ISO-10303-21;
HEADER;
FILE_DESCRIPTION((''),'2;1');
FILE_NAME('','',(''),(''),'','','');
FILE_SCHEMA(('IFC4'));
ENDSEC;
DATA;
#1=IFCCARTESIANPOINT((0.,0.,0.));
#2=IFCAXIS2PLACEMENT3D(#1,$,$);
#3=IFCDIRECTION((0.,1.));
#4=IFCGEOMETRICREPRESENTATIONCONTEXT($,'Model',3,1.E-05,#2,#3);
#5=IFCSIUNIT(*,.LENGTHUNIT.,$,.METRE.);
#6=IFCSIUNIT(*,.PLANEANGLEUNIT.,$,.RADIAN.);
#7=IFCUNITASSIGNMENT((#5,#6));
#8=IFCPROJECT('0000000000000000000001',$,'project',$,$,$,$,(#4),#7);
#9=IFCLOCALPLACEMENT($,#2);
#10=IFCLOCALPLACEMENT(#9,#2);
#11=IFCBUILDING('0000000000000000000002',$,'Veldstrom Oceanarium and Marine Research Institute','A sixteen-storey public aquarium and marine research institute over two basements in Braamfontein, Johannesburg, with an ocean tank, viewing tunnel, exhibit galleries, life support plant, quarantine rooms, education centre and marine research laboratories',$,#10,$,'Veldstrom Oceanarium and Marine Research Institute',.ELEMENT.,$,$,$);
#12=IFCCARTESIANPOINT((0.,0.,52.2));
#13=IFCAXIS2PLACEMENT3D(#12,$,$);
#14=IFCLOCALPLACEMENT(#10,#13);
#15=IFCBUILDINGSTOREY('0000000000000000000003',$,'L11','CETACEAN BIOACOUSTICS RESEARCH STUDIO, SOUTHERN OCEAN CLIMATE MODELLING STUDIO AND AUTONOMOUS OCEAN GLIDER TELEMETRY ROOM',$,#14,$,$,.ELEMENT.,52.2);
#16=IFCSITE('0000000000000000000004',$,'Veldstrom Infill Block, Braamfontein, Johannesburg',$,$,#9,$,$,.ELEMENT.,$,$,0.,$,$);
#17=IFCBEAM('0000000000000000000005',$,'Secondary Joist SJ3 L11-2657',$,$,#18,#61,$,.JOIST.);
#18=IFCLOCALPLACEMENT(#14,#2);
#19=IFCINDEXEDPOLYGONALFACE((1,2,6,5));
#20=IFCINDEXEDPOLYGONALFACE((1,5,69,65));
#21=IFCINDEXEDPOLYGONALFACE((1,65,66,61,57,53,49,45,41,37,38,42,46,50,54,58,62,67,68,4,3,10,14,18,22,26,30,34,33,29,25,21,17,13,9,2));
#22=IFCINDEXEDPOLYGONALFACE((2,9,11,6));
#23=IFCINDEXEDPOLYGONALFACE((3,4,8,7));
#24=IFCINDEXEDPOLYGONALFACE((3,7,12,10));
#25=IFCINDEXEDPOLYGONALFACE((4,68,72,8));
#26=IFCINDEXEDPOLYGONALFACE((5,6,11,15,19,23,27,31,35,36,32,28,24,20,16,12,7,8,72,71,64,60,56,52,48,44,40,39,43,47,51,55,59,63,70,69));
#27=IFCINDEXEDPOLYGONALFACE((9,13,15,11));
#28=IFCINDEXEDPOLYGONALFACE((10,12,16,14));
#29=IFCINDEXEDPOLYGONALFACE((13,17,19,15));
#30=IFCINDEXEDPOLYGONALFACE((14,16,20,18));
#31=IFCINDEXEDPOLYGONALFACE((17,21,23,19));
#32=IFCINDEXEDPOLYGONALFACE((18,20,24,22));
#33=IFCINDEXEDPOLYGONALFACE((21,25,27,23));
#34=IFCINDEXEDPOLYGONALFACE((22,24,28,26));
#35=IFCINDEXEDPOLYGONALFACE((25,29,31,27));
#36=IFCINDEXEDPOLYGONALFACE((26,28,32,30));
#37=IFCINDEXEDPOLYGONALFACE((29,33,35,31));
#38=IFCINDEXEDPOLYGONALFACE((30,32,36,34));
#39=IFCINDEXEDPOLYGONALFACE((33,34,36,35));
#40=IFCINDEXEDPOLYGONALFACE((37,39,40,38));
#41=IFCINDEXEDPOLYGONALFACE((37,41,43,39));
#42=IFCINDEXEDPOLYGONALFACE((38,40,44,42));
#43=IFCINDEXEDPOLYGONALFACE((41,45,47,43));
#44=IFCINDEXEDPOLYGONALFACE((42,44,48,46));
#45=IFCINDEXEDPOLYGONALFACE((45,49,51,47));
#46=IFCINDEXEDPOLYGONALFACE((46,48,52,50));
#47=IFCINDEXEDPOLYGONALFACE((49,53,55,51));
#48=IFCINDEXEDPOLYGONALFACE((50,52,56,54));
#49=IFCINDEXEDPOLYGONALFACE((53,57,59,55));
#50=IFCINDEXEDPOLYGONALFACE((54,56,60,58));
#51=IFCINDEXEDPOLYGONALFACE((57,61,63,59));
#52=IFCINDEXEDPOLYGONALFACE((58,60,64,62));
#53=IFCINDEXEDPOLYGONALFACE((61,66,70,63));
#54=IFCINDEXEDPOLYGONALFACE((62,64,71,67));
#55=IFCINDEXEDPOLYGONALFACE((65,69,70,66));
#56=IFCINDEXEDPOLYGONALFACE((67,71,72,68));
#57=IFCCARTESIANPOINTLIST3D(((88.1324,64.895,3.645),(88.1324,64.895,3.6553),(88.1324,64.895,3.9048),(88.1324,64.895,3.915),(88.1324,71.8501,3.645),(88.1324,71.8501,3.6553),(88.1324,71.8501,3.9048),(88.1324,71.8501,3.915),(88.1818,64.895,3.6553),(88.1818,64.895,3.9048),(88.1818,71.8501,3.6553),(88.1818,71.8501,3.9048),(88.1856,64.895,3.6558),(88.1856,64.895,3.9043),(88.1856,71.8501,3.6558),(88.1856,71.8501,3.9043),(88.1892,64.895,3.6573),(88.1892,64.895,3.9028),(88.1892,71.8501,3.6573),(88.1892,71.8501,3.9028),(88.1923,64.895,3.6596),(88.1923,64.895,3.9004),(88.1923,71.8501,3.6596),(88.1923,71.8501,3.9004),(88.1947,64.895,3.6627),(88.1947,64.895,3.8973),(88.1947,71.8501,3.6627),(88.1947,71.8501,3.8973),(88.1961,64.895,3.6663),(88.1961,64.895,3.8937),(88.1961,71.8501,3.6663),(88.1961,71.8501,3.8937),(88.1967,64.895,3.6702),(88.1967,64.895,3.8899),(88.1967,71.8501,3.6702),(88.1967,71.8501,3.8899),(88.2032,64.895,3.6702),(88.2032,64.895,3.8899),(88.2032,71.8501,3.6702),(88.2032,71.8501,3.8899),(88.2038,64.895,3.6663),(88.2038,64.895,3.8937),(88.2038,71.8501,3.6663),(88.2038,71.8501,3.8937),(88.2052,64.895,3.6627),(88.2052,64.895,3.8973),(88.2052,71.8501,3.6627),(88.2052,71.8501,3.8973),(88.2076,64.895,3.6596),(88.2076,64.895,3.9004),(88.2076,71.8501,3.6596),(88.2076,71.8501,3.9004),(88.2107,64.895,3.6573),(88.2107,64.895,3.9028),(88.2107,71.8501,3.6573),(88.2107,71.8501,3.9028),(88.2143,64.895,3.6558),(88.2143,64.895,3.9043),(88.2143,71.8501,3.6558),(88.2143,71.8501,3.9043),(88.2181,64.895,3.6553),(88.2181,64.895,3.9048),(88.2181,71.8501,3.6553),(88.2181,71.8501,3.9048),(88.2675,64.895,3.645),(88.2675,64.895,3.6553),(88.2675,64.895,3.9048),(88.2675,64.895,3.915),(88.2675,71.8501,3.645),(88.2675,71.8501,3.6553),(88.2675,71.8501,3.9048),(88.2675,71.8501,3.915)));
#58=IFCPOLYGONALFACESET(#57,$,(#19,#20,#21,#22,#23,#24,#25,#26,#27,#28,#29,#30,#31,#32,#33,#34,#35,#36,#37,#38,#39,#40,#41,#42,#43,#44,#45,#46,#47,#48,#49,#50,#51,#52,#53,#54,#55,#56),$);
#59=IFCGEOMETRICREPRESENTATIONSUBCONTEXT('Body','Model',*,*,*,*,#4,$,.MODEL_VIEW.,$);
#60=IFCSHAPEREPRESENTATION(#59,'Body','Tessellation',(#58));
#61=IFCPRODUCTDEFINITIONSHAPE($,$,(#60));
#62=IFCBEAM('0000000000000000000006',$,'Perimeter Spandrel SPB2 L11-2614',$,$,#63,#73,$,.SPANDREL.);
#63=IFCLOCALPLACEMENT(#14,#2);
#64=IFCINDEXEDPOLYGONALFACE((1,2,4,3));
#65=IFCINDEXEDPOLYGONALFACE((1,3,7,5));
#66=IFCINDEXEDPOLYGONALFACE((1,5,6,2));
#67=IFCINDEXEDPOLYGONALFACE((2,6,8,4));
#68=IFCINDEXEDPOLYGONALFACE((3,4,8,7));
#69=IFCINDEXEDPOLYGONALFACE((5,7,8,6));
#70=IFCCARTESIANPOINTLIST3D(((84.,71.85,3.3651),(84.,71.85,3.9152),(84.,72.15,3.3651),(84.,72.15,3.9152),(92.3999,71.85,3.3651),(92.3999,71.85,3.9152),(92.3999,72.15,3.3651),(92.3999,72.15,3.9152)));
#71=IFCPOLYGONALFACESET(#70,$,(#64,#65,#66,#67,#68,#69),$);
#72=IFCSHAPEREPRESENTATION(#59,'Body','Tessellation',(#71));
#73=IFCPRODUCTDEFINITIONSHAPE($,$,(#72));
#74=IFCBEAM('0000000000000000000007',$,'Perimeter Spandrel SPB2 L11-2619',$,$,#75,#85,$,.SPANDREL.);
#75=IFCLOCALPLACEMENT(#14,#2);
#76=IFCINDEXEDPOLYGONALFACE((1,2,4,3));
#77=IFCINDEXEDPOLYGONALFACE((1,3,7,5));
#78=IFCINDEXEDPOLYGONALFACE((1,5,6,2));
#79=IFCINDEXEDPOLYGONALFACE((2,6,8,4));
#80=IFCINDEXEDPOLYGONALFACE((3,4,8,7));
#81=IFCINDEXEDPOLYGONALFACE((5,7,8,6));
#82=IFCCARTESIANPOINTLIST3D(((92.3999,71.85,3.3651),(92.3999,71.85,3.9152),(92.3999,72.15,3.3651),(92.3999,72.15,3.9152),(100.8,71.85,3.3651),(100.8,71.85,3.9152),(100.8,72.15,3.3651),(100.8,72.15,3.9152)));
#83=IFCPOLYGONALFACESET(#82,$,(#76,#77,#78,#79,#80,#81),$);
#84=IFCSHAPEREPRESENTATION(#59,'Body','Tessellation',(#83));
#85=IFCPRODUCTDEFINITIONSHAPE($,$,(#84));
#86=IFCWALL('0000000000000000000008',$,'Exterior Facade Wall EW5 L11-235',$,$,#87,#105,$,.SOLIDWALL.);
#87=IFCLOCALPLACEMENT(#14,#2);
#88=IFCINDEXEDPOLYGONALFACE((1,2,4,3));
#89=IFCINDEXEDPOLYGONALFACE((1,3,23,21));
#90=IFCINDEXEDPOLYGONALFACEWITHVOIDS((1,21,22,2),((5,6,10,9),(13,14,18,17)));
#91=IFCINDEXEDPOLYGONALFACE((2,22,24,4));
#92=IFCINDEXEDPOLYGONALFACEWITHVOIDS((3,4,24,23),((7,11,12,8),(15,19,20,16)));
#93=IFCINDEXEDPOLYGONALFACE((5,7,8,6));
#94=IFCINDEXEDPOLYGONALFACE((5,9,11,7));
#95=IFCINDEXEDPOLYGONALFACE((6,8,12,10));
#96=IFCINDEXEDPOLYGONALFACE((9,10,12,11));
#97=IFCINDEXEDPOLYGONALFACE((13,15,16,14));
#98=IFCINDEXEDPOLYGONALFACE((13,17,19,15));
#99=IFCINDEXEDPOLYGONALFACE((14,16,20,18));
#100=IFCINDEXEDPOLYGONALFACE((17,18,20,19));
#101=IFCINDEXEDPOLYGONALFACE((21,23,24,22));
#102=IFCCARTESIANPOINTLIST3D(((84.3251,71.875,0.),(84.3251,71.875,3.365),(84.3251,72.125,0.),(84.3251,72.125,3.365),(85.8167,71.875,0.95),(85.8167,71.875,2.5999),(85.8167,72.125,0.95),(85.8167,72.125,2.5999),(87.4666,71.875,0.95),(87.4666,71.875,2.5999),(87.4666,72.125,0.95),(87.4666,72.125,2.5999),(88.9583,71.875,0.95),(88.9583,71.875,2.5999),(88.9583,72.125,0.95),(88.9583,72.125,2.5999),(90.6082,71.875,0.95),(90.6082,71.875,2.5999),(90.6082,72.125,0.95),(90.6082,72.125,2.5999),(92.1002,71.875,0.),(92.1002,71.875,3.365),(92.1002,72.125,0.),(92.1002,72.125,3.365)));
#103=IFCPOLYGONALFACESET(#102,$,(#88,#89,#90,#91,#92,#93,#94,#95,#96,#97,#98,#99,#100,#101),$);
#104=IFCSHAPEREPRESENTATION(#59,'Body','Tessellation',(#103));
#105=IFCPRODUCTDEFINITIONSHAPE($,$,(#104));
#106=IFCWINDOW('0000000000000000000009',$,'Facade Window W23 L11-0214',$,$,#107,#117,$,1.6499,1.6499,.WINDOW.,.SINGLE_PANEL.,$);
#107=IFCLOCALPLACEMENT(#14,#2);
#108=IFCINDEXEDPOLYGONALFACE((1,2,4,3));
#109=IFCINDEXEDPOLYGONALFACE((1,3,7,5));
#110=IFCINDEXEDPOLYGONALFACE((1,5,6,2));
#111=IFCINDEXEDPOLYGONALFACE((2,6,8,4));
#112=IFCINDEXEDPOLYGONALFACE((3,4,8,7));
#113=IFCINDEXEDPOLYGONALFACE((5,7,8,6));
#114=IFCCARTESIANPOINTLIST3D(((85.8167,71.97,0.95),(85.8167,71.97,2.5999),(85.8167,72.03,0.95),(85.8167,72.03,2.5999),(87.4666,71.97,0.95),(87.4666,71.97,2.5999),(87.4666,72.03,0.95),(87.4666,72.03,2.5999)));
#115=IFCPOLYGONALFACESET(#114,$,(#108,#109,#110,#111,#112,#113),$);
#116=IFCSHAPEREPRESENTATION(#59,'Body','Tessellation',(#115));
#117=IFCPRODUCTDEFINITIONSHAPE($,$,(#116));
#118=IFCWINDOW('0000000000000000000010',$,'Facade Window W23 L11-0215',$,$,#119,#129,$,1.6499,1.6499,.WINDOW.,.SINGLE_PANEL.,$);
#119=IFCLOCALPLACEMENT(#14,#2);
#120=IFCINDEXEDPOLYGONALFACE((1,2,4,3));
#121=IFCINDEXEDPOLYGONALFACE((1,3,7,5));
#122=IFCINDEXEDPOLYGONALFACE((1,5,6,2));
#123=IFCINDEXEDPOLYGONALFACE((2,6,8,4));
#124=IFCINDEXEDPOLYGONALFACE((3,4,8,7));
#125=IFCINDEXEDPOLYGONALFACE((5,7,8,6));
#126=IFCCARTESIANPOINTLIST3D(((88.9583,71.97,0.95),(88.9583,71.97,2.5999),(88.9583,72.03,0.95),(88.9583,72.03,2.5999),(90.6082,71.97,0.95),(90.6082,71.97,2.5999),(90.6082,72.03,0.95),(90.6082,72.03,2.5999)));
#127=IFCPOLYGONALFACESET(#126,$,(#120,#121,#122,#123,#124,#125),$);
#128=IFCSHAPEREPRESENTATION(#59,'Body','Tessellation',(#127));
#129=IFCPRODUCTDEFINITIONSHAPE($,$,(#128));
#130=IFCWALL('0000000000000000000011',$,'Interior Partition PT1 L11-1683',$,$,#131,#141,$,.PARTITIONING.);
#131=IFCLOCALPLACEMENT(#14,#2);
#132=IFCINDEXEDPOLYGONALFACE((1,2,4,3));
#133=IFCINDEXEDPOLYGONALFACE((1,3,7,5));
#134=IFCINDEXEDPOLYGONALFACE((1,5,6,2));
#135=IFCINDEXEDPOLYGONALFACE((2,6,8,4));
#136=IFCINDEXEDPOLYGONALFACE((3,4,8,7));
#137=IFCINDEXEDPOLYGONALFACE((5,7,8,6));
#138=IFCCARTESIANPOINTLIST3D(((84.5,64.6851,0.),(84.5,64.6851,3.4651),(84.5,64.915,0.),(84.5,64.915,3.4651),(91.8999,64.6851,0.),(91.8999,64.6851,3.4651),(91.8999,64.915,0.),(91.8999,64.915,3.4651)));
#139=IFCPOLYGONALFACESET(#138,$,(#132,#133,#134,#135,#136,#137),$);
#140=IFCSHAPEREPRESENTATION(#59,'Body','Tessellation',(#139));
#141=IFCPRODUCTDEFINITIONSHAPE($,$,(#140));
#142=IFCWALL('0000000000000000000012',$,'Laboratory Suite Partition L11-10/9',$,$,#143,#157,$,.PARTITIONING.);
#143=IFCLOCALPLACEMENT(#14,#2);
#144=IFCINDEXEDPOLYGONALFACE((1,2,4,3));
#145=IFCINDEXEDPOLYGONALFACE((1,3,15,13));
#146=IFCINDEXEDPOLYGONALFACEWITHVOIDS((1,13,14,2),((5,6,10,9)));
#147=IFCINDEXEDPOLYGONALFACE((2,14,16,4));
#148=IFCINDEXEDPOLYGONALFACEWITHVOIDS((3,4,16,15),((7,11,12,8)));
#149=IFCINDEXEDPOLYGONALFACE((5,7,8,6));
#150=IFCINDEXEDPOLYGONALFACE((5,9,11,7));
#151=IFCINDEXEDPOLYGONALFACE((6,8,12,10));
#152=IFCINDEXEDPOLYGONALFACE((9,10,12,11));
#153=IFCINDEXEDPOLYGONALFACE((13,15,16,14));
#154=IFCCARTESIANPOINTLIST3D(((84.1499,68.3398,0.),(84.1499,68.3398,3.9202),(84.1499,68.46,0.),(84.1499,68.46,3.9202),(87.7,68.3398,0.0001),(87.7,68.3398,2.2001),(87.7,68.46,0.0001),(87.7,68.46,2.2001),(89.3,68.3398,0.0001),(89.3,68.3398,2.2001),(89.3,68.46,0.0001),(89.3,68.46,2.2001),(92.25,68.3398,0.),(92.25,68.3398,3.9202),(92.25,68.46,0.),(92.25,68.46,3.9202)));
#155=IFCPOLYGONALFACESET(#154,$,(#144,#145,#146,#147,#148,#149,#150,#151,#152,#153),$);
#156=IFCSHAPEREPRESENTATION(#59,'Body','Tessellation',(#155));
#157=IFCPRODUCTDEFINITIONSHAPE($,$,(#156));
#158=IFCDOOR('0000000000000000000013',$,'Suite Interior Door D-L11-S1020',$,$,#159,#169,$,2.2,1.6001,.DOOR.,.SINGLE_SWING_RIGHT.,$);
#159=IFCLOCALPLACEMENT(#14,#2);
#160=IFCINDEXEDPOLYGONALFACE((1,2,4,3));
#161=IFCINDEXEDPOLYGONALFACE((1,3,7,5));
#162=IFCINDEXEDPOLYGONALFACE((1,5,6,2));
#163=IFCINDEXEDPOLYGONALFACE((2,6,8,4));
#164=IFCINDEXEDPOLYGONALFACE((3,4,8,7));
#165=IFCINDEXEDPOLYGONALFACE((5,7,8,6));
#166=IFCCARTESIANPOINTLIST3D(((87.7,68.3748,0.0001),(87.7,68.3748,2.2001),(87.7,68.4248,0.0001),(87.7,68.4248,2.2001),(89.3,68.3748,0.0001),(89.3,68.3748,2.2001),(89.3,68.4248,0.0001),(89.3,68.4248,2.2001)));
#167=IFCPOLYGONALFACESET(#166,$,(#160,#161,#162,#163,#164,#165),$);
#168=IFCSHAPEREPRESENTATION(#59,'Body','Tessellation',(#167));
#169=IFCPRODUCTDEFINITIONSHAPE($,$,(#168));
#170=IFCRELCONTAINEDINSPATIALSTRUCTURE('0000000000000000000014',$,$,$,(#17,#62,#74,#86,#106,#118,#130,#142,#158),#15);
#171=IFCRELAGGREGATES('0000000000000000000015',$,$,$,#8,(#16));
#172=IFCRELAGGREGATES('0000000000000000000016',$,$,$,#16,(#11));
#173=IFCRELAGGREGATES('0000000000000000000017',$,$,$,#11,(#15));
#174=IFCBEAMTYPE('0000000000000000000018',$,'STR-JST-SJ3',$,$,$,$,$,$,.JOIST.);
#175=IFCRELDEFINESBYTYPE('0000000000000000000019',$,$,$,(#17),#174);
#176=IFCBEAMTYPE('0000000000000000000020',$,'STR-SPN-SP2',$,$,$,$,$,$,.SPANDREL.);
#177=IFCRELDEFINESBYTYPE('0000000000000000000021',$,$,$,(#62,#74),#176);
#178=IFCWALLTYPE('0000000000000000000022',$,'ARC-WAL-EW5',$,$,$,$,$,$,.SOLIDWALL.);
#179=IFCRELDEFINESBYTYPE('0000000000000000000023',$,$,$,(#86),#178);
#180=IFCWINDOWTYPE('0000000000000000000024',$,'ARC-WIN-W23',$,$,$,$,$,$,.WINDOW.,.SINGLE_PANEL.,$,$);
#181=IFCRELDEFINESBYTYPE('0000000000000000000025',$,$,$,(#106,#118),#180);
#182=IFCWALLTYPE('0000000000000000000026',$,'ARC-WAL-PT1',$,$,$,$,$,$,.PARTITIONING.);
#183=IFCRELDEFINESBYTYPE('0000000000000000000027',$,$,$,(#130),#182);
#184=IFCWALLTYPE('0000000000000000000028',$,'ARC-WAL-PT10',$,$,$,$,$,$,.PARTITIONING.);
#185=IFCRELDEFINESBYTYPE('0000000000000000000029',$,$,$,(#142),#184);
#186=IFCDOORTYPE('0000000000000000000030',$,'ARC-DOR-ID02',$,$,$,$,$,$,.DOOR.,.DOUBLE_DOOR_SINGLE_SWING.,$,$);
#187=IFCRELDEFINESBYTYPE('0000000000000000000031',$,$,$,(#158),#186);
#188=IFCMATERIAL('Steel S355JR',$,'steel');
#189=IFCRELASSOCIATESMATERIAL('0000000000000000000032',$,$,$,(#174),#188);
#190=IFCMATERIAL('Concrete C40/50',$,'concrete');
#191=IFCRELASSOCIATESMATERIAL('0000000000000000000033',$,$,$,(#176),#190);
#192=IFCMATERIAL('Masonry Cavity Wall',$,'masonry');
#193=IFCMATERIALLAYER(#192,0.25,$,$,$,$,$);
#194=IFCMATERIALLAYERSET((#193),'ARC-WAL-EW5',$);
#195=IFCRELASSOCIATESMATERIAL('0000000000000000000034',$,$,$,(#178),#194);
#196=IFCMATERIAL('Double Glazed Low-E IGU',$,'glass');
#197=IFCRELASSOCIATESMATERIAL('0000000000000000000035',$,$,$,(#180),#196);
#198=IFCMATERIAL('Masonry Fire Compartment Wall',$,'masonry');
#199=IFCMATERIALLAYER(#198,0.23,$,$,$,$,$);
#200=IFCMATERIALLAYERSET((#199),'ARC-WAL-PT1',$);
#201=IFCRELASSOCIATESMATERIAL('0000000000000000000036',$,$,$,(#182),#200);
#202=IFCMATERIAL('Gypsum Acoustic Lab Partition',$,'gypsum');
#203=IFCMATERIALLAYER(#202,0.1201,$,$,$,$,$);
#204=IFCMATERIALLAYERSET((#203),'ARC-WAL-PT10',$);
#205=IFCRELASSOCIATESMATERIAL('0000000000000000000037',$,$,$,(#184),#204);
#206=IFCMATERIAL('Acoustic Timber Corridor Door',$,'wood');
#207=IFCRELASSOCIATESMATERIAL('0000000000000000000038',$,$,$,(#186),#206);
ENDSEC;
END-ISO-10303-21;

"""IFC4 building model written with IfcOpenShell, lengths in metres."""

from ifc_helpers import new_model, si_unit, direction, frame, frame_2d, origin, origin_2d, place, context, subcontext, project, spatial, rectangle, i_section, extrude, material, layer, layer_set, material_profile, profile_set, type_object, element, fill, save


model = new_model("IFC4")

# Units and contexts
model_context = context("Model", 3, precision=1e-05, world=origin(), true_north=direction((0.0, 1.0)))
body_context = subcontext(model_context, "Body", "Model", "MODEL_VIEW")
ifc_project = project(units=[si_unit("LENGTHUNIT", "METRE"), si_unit("PLANEANGLEUNIT", "RADIAN")], contexts=[model_context])

# Site, building, storey
site_placement = place(None, origin())
site = spatial("IfcSite", under=ifc_project, at=site_placement, Name="Veldstrom Infill Block, Braamfontein, Johannesburg", CompositionType="ELEMENT", RefElevation=0.0)
building_placement = place(site_placement, origin())
building = spatial("IfcBuilding", under=site, at=building_placement, Name="Veldstrom Oceanarium and Marine Research Institute", Description="A sixteen-storey public aquarium and marine research institute over two basements in Braamfontein, Johannesburg, with an ocean tank, viewing tunnel, exhibit galleries, life support plant, quarantine rooms, education centre and marine research laboratories", LongName="Veldstrom Oceanarium and Marine Research Institute", CompositionType="ELEMENT")
storey_placement = place(building_placement, frame((0.0, 0.0, 52.2)))
storey = spatial("IfcBuildingStorey", under=building, at=storey_placement, Name="L11", Description="CETACEAN BIOACOUSTICS RESEARCH STUDIO, SOUTHERN OCEAN CLIMATE MODELLING STUDIO AND AUTONOMOUS OCEAN GLIDER TELEMETRY ROOM", CompositionType="ELEMENT", Elevation=52.2)

# Beams
ifc_material_1 = material(Name="Steel S355JR", Category="steel")
ifc_material_profile_1 = material_profile(ifc_material_1, i_section(OverallWidth=0.135, OverallDepth=0.27, WebThickness=0.0066, FlangeThickness=0.0103, FilletRadius=0.0149, at=origin_2d()), Name="IPE 270")
ifc_profile_set_1 = profile_set([ifc_material_profile_1], Name="Steel S355JR")
beam_type_1 = type_object("IfcBeamType", Name="STR-JST-SJ3", PredefinedType="JOIST", material=ifc_profile_set_1)
beam_1_placement = place(storey_placement, frame((88.2, 64.895, 3.78), z_axis=(0.0, 1.0, 0.0), x_axis=(-1.0, 0.0, 0.0)))
element("IfcBeam", 1, at=beam_1_placement, inside=storey, type_object=beam_type_1, Name="Secondary Joist SJ3 L11-2657", PredefinedType="JOIST", context=body_context, shape_type="SweptSolid", body=[
    extrude(i_section(OverallWidth=0.135, OverallDepth=0.27, WebThickness=0.0066, FlangeThickness=0.0103, FilletRadius=0.0149, at=origin_2d()), origin(), (0.0, 0.0, 1.0), 6.9551),
])
ifc_material_2 = material(Name="Concrete C40/50", Category="concrete")
ifc_material_profile_2 = material_profile(ifc_material_2, rectangle(XDim=0.3, YDim=0.55, at=origin_2d()), Name="RC-SPN-300x550")
ifc_profile_set_2 = profile_set([ifc_material_profile_2], Name="Concrete C40/50")
beam_type_2 = type_object("IfcBeamType", Name="STR-SPN-SP2", PredefinedType="SPANDREL", material=ifc_profile_set_2)
beam_2_placement = place(storey_placement, frame((84.0, 72.0, 3.6401), z_axis=(1.0, 0.0, 0.0), x_axis=(0.0, 1.0, 0.0)))
element("IfcBeam", 2, at=beam_2_placement, inside=storey, type_object=beam_type_2, Name="Perimeter Spandrel SPB2 L11-2614", PredefinedType="SPANDREL", context=body_context, shape_type="SweptSolid", body=[
    extrude(rectangle(XDim=0.3, YDim=0.55, at=origin_2d()), origin(), (0.0, 0.0, 1.0), 8.3999),
])
beam_3_placement = place(storey_placement, frame((92.3999, 72.0, 3.6401), z_axis=(1.0, 0.0, 0.0), x_axis=(0.0, 1.0, 0.0)))
element("IfcBeam", 3, at=beam_3_placement, inside=storey, type_object=beam_type_2, Name="Perimeter Spandrel SPB2 L11-2619", PredefinedType="SPANDREL", context=body_context, shape_type="SweptSolid", body=[
    extrude(rectangle(XDim=0.3, YDim=0.55, at=origin_2d()), origin(), (0.0, 0.0, 1.0), 8.4001),
])

# Wall, openings, windows
ifc_material_3 = material(Name="Masonry Cavity Wall", Category="masonry")
ifc_layer_1 = layer(ifc_material_3, 0.25)
ifc_layer_set_1 = layer_set([ifc_layer_1], Name="ARC-WAL-EW5")
wall_type_1 = type_object("IfcWallType", Name="ARC-WAL-EW5", PredefinedType="SOLIDWALL", material=ifc_layer_set_1)
wall_1_placement = place(storey_placement, frame((84.325, 72.0, 0.0), z_axis=(0.0, 0.0, 1.0), x_axis=(1.0, 0.0, 0.0)))
wall_1 = element("IfcWall", 4, at=wall_1_placement, inside=storey, type_object=wall_type_1, Name="Exterior Facade Wall EW5 L11-235", PredefinedType="SOLIDWALL", context=body_context, shape_type="SweptSolid", body=[
    extrude(rectangle(XDim=7.7751, YDim=0.25, at=frame_2d((3.8877, 0.0))), origin(), (0.0, 0.0, 1.0), 3.365),
])
opening_1_placement = place(wall_1_placement, frame((1.4917, 0.0, 0.95)))
opening_1 = element("IfcOpeningElement", 5, at=opening_1_placement, cuts=wall_1, PredefinedType="OPENING", context=body_context, shape_type="SweptSolid", body=[
    extrude(rectangle(XDim=1.6499, YDim=1.6499, at=frame_2d((0.825, 0.825))), frame((0.0, 0.135, 0.0), z_axis=(0.0, -1.0, 0.0), x_axis=(1.0, 0.0, 0.0)), (0.0, 0.0, 1.0), 0.27),
])
opening_2_placement = place(wall_1_placement, frame((4.6333, 0.0, 0.95)))
opening_2 = element("IfcOpeningElement", 6, at=opening_2_placement, cuts=wall_1, PredefinedType="OPENING", context=body_context, shape_type="SweptSolid", body=[
    extrude(rectangle(XDim=1.6499, YDim=1.6499, at=frame_2d((0.825, 0.825))), frame((0.0, 0.135, 0.0), z_axis=(0.0, -1.0, 0.0), x_axis=(1.0, 0.0, 0.0)), (0.0, 0.0, 1.0), 0.27),
])
ifc_material_4 = material(Name="Double Glazed Low-E IGU", Category="glass")
window_type = type_object("IfcWindowType", Name="ARC-WIN-W23", PartitioningType="SINGLE_PANEL", PredefinedType="WINDOW", material=ifc_material_4)
window_1_placement = place(opening_1_placement, origin())
window_1 = element("IfcWindow", 7, at=window_1_placement, inside=storey, type_object=window_type, Name="Facade Window W23 L11-0214", OverallHeight=1.6499, OverallWidth=1.6499, PartitioningType="SINGLE_PANEL", PredefinedType="WINDOW", context=body_context, shape_type="SweptSolid", body=[
    extrude(rectangle(XDim=1.6499, YDim=1.6499, at=frame_2d((0.825, 0.825))), frame((0.0, 0.03, 0.0), z_axis=(0.0, -1.0, 0.0), x_axis=(1.0, 0.0, 0.0)), (0.0, 0.0, 1.0), 0.0601),
])
fill(opening_1, window_1)
window_2_placement = place(opening_2_placement, origin())
window_2 = element("IfcWindow", 8, at=window_2_placement, inside=storey, type_object=window_type, Name="Facade Window W23 L11-0215", OverallHeight=1.6499, OverallWidth=1.6499, PartitioningType="SINGLE_PANEL", PredefinedType="WINDOW", context=body_context, shape_type="SweptSolid", body=[
    extrude(rectangle(XDim=1.6499, YDim=1.6499, at=frame_2d((0.825, 0.825))), frame((0.0, 0.03, 0.0), z_axis=(0.0, -1.0, 0.0), x_axis=(1.0, 0.0, 0.0)), (0.0, 0.0, 1.0), 0.0601),
])
fill(opening_2, window_2)

# Wall
ifc_material_5 = material(Name="Masonry Fire Compartment Wall", Category="masonry")
ifc_layer_2 = layer(ifc_material_5, 0.23)
ifc_layer_set_2 = layer_set([ifc_layer_2], Name="ARC-WAL-PT1")
wall_type_2 = type_object("IfcWallType", Name="ARC-WAL-PT1", PredefinedType="PARTITIONING", material=ifc_layer_set_2)
wall_2_placement = place(storey_placement, frame((84.5, 64.8, 0.0), z_axis=(0.0, 0.0, 1.0), x_axis=(1.0, 0.0, 0.0)))
element("IfcWall", 9, at=wall_2_placement, inside=storey, type_object=wall_type_2, Name="Interior Partition PT1 L11-1683", PredefinedType="PARTITIONING", context=body_context, shape_type="SweptSolid", body=[
    extrude(rectangle(XDim=7.3999, YDim=0.23, at=frame_2d((3.7, 0.0))), origin(), (0.0, 0.0, 1.0), 3.4651),
])

# Wall, opening, door
ifc_material_6 = material(Name="Gypsum Acoustic Lab Partition", Category="gypsum")
ifc_layer_3 = layer(ifc_material_6, 0.1201)
ifc_layer_set_3 = layer_set([ifc_layer_3], Name="ARC-WAL-PT10")
wall_type_3 = type_object("IfcWallType", Name="ARC-WAL-PT10", PredefinedType="PARTITIONING", material=ifc_layer_set_3)
wall_3_placement = place(storey_placement, frame((84.1499, 68.3999, 0.0), z_axis=(0.0, 0.0, 1.0), x_axis=(1.0, 0.0, 0.0)))
wall_3 = element("IfcWall", 10, at=wall_3_placement, inside=storey, type_object=wall_type_3, Name="Laboratory Suite Partition L11-10/9", PredefinedType="PARTITIONING", context=body_context, shape_type="SweptSolid", body=[
    extrude(rectangle(XDim=8.1001, YDim=0.1201, at=frame_2d((4.05, 0.0))), origin(), (0.0, 0.0, 1.0), 3.9202),
])
opening_3_placement = place(wall_3_placement, frame((3.55, 0.0, 0.0)))
opening_3 = element("IfcOpeningElement", 11, at=opening_3_placement, cuts=wall_3, PredefinedType="OPENING", context=body_context, shape_type="SweptSolid", body=[
    extrude(rectangle(XDim=1.6001, YDim=2.2, at=frame_2d((0.8, 1.1001))), frame((0.0, 0.0701, 0.0), z_axis=(0.0, -1.0, 0.0), x_axis=(1.0, 0.0, 0.0)), (0.0, 0.0, 1.0), 0.1401),
])
ifc_material_7 = material(Name="Acoustic Timber Corridor Door", Category="wood")
door_type = type_object("IfcDoorType", Name="ARC-DOR-ID02", OperationType="DOUBLE_DOOR_SINGLE_SWING", PredefinedType="DOOR", material=ifc_material_7)
door_1_placement = place(opening_3_placement, origin())
door_1 = element("IfcDoor", 12, at=door_1_placement, inside=storey, type_object=door_type, Name="Suite Interior Door D-L11-S1020", OperationType="SINGLE_SWING_RIGHT", OverallHeight=2.2, OverallWidth=1.6001, PredefinedType="DOOR", context=body_context, shape_type="SweptSolid", body=[
    extrude(rectangle(XDim=1.6001, YDim=2.2, at=frame_2d((0.8, 1.1001))), frame((0.0, 0.0249, 0.0), z_axis=(0.0, -1.0, 0.0), x_axis=(1.0, 0.0, 0.0)), (0.0, 0.0, 1.0), 0.05),
])
fill(opening_3, door_1)

save(model, "model.ifc")
